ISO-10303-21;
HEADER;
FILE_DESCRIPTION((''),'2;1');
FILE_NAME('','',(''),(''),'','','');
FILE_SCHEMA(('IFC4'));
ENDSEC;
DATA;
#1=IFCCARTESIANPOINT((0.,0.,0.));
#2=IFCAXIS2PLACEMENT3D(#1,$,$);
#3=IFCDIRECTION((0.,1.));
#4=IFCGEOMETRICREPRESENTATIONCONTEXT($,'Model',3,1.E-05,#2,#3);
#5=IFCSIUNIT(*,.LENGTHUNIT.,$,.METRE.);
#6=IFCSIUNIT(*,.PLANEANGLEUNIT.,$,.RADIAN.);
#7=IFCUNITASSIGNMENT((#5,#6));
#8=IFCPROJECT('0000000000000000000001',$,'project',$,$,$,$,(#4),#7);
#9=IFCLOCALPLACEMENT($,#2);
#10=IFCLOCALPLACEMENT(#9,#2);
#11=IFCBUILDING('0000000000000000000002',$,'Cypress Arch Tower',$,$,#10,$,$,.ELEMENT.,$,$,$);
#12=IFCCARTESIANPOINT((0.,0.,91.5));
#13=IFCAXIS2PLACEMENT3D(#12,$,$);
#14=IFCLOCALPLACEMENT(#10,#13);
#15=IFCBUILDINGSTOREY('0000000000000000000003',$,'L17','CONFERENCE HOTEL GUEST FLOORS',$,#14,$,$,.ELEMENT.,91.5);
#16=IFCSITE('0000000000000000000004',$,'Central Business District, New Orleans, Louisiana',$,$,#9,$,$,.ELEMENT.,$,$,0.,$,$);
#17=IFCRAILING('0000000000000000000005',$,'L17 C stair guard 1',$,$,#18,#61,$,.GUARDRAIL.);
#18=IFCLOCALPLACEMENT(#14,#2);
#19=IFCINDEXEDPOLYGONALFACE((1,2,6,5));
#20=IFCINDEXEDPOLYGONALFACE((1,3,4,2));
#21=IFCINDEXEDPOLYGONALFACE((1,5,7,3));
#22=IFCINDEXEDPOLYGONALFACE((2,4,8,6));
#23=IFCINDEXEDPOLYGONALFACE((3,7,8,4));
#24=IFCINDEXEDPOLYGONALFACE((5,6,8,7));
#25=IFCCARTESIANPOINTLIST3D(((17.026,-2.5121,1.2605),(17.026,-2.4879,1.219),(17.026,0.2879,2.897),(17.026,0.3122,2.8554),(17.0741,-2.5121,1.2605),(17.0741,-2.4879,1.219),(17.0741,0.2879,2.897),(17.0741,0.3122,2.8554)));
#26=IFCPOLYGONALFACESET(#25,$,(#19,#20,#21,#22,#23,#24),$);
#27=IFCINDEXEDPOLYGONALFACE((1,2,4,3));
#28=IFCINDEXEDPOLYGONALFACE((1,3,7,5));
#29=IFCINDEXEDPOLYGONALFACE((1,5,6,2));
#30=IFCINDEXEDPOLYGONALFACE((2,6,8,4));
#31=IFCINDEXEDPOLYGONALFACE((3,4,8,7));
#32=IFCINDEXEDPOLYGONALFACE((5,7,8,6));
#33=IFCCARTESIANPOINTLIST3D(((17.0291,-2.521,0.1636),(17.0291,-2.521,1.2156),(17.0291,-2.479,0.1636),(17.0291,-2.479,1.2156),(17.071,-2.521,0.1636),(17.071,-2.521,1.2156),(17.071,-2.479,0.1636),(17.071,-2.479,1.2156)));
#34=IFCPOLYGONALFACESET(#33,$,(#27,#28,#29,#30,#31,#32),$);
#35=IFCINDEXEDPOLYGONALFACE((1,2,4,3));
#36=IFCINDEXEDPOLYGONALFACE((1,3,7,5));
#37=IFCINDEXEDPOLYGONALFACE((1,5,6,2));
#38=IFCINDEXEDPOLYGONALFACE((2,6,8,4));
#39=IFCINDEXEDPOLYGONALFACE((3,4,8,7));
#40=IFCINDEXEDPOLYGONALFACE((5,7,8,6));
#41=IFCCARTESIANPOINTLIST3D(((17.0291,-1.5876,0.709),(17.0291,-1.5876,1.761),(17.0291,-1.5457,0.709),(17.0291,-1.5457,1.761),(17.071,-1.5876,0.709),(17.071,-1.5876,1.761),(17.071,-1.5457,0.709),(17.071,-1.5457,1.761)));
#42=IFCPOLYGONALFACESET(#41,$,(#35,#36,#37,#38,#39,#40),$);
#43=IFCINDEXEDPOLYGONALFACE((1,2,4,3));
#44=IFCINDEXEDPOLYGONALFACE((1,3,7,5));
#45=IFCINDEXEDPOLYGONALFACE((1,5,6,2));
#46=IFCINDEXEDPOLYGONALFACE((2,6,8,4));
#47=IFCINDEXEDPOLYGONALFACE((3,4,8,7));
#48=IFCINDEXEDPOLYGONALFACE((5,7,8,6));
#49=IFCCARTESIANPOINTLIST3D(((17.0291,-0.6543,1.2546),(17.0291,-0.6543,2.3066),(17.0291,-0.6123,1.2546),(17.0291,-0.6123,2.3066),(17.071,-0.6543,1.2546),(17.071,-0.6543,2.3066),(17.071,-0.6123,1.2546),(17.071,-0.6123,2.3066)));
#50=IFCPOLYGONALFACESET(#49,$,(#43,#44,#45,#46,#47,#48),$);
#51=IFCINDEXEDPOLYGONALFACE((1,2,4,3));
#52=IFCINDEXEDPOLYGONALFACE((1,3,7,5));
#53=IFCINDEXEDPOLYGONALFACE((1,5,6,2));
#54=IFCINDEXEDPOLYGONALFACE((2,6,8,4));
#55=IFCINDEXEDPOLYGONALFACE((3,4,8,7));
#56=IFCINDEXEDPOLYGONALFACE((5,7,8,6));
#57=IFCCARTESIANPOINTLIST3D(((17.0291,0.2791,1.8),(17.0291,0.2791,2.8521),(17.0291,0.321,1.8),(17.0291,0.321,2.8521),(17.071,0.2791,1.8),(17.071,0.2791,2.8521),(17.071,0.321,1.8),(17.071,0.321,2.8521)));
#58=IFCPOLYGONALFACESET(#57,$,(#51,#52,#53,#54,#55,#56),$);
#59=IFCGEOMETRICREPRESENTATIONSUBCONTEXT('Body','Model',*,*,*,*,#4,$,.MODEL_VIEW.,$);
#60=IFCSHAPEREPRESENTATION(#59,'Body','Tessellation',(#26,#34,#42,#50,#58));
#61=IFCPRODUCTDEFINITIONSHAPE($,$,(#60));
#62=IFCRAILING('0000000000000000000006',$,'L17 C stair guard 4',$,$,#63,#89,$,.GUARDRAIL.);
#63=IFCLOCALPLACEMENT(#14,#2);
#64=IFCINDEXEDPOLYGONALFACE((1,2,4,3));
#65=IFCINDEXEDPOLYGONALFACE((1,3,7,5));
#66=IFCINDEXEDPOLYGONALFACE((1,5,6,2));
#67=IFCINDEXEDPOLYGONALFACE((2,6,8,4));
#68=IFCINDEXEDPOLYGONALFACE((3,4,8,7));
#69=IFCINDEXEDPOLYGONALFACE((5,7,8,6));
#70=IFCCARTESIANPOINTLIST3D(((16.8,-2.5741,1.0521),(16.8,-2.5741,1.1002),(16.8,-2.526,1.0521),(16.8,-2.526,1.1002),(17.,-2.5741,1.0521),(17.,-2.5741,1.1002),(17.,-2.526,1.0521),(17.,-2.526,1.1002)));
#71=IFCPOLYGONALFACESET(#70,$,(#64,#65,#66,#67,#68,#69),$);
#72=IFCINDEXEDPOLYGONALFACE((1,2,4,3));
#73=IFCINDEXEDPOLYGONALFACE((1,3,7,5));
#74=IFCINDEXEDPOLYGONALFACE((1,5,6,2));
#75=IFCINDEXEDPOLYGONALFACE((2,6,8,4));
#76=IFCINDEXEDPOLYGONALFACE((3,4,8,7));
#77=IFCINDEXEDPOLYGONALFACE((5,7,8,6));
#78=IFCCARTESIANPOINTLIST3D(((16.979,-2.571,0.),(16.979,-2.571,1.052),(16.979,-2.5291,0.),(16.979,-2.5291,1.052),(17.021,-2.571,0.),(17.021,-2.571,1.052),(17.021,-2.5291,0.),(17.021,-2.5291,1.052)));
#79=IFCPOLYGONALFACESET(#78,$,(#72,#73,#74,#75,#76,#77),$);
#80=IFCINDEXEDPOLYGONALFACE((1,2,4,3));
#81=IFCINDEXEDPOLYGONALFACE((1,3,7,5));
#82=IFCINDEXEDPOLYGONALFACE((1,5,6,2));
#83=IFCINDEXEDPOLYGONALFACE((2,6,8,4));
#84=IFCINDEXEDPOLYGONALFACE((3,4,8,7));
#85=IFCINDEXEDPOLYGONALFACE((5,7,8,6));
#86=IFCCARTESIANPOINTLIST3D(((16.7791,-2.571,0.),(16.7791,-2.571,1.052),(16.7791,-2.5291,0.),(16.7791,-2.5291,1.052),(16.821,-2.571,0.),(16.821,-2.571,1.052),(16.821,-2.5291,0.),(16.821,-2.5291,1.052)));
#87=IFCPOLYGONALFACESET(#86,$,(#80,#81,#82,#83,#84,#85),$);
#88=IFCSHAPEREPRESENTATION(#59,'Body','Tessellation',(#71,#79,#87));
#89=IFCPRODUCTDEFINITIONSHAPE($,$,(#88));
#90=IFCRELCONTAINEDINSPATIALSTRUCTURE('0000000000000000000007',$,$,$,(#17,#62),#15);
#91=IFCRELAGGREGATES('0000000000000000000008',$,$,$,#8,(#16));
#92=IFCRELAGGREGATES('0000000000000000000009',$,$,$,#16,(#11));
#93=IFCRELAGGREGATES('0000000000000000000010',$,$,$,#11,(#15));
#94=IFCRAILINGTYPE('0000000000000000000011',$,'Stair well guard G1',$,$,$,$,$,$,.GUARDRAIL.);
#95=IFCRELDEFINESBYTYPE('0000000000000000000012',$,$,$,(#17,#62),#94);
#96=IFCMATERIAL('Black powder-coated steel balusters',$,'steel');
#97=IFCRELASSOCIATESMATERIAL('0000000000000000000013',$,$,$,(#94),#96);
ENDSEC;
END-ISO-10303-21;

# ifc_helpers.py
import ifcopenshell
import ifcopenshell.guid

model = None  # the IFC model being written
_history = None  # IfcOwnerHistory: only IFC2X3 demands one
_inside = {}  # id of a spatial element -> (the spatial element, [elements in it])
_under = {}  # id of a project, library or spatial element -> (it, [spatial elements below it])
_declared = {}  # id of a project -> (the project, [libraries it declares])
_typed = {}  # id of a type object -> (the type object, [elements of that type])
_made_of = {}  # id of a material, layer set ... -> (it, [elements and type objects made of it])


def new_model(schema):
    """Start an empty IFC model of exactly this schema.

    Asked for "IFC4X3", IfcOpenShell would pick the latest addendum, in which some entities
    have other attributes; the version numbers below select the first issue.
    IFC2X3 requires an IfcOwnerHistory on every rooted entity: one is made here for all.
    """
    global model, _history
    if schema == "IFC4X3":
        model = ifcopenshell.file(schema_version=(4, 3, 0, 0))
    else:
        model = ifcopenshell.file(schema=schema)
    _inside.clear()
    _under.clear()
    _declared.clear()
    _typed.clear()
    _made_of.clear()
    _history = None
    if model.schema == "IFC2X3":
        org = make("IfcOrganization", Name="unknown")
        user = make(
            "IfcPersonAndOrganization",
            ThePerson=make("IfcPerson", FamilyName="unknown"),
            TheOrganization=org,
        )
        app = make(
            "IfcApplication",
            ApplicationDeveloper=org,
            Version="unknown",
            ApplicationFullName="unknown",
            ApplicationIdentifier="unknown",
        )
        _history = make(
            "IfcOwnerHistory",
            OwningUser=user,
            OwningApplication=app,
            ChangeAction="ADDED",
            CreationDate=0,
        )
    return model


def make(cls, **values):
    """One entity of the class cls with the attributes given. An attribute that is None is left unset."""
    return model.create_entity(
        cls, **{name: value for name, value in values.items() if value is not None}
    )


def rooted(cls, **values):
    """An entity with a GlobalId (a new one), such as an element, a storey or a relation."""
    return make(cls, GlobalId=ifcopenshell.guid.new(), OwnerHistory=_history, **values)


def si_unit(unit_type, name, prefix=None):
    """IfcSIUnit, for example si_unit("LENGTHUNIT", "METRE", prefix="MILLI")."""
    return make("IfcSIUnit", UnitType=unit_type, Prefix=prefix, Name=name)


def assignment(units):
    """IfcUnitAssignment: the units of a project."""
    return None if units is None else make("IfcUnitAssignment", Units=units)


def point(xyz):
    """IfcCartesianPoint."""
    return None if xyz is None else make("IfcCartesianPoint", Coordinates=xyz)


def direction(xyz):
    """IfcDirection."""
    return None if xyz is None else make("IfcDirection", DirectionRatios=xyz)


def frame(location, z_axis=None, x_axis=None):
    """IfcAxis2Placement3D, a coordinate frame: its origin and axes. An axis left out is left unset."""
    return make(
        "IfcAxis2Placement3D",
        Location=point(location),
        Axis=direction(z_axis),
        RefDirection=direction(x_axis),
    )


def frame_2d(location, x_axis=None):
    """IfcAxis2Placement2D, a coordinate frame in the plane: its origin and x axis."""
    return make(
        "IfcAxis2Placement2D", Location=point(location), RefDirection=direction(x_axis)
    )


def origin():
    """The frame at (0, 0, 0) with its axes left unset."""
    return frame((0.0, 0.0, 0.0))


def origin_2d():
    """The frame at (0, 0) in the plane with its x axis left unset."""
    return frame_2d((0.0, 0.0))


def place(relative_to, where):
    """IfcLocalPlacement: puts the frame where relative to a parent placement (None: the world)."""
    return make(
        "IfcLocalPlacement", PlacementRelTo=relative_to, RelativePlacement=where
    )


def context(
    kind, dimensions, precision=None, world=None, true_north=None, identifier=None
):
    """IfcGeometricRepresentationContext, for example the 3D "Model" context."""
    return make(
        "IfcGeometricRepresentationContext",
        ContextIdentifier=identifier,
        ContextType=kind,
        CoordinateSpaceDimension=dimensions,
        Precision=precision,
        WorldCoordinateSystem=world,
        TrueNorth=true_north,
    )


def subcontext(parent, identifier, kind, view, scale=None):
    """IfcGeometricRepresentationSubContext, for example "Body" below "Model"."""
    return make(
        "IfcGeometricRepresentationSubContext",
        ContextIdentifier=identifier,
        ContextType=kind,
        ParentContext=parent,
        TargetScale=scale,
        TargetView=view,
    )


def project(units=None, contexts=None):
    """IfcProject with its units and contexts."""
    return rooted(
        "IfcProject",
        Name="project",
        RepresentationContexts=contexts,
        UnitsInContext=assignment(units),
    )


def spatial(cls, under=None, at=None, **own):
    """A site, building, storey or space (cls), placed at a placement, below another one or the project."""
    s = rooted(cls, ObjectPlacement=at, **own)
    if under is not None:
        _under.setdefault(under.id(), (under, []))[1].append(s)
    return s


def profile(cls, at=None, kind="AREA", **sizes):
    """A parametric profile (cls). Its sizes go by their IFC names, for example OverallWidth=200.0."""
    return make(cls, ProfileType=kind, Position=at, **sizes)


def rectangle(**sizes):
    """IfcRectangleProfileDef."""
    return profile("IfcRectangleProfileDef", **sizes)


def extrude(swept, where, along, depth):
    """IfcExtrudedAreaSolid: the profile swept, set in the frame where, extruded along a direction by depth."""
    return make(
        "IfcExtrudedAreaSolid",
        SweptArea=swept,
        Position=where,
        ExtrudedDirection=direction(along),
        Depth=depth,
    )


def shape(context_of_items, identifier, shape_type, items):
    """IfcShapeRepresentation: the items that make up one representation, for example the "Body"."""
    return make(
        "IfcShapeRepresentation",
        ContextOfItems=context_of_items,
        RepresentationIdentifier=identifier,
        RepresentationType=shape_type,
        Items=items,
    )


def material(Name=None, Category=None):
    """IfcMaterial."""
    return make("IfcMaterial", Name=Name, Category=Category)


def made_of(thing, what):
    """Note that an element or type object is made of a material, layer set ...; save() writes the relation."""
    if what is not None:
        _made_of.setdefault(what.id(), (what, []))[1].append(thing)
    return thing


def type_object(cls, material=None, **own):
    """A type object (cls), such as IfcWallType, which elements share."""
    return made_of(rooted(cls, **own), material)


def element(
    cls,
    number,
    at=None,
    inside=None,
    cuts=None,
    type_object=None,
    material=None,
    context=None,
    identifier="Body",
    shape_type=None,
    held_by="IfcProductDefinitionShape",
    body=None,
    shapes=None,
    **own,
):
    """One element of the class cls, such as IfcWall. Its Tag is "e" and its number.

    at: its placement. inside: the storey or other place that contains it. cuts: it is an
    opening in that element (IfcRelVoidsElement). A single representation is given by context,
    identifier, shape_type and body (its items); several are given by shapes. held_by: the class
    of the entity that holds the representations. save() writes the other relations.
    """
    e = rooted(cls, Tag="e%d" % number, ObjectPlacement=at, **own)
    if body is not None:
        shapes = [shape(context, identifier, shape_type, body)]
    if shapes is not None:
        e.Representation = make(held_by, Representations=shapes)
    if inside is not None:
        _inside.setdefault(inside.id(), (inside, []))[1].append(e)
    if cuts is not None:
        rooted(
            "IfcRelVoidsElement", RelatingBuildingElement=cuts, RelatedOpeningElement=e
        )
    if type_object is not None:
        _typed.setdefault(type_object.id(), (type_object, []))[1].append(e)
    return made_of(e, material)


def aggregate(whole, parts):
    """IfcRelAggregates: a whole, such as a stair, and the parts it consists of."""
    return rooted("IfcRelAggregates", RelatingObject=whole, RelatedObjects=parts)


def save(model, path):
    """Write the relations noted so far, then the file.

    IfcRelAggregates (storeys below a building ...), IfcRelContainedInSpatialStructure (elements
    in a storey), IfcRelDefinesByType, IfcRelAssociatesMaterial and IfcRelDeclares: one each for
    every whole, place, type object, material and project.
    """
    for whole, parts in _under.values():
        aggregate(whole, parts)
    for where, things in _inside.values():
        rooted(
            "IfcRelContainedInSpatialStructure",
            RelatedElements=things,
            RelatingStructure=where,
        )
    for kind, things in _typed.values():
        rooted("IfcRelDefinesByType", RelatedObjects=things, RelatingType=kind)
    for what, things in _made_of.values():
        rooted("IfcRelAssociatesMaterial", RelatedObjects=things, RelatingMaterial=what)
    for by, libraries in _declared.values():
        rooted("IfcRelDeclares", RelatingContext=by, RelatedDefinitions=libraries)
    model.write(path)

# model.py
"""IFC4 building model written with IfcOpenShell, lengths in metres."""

from ifc_helpers import new_model, si_unit, direction, frame, origin, origin_2d, place, context, subcontext, project, spatial, rectangle, extrude, material, type_object, element, save


model = new_model("IFC4")

# Units and contexts
model_context = context("Model", 3, precision=1e-05, world=origin(), true_north=direction((0.0, 1.0)))
body_context = subcontext(model_context, "Body", "Model", "MODEL_VIEW")
ifc_project = project(units=[si_unit("LENGTHUNIT", "METRE"), si_unit("PLANEANGLEUNIT", "RADIAN")], contexts=[model_context])

# Site, building, storey
site_placement = place(None, origin())
site = spatial("IfcSite", under=ifc_project, at=site_placement, Name="Central Business District, New Orleans, Louisiana", CompositionType="ELEMENT", RefElevation=0.0)
building_placement = place(site_placement, origin())
building = spatial("IfcBuilding", under=site, at=building_placement, Name="Cypress Arch Tower", CompositionType="ELEMENT")
storey_placement = place(building_placement, frame((0.0, 0.0, 91.5)))
storey = spatial("IfcBuildingStorey", under=building, at=storey_placement, Name="L17", Description="CONFERENCE HOTEL GUEST FLOORS", CompositionType="ELEMENT", Elevation=91.5)

# Railings
ifc_material_1 = material(Name="Black powder-coated steel balusters", Category="steel")
railing_type_1 = type_object("IfcRailingType", Name="Stair well guard G1", PredefinedType="GUARDRAIL", material=ifc_material_1)
railing_1_placement = place(storey_placement, frame((17.05, -2.5, 0.1636)))
element("IfcRailing", 1, at=railing_1_placement, inside=storey, type_object=railing_type_1, Name="L17 C stair guard 1", PredefinedType="GUARDRAIL", context=body_context, shape_type="SweptSolid", body=[
    extrude(rectangle(XDim=0.0481, YDim=0.0481, at=origin_2d()), frame((0.0, 0.0, 1.0762), z_axis=(0.0, 0.863361, 0.504587), x_axis=(-1.0, 0.0, 0.0)), (0.0, 0.0, 1.0), 3.2432),
    extrude(rectangle(XDim=0.042, YDim=0.042, at=origin_2d()), origin(), (0.0, 0.0, 1.0), 1.052),
    extrude(rectangle(XDim=0.042, YDim=0.042, at=origin_2d()), frame((0.0, 0.9333, 0.5454)), (0.0, 0.0, 1.0), 1.052),
    extrude(rectangle(XDim=0.042, YDim=0.042, at=origin_2d()), frame((0.0, 1.8667, 1.0911)), (0.0, 0.0, 1.0), 1.052),
    extrude(rectangle(XDim=0.042, YDim=0.042, at=origin_2d()), frame((0.0, 2.8, 1.6365)), (0.0, 0.0, 1.0), 1.052),
])
railing_2_placement = place(storey_placement, frame((17.0, -2.55, 0.0)))
element("IfcRailing", 2, at=railing_2_placement, inside=storey, type_object=railing_type_1, Name="L17 C stair guard 4", PredefinedType="GUARDRAIL", context=body_context, shape_type="SweptSolid", body=[
    extrude(rectangle(XDim=0.0481, YDim=0.0481, at=origin_2d()), frame((0.0, 0.0, 1.0762), z_axis=(-1.0, 0.0, 0.0), x_axis=(0.0, -1.0, 0.0)), (0.0, 0.0, 1.0), 0.2),
    extrude(rectangle(XDim=0.042, YDim=0.042, at=origin_2d()), origin(), (0.0, 0.0, 1.0), 1.052),
    extrude(rectangle(XDim=0.042, YDim=0.042, at=origin_2d()), frame((-0.2, 0.0, 0.0)), (0.0, 0.0, 1.0), 1.052),
])

save(model, "model.ifc")
